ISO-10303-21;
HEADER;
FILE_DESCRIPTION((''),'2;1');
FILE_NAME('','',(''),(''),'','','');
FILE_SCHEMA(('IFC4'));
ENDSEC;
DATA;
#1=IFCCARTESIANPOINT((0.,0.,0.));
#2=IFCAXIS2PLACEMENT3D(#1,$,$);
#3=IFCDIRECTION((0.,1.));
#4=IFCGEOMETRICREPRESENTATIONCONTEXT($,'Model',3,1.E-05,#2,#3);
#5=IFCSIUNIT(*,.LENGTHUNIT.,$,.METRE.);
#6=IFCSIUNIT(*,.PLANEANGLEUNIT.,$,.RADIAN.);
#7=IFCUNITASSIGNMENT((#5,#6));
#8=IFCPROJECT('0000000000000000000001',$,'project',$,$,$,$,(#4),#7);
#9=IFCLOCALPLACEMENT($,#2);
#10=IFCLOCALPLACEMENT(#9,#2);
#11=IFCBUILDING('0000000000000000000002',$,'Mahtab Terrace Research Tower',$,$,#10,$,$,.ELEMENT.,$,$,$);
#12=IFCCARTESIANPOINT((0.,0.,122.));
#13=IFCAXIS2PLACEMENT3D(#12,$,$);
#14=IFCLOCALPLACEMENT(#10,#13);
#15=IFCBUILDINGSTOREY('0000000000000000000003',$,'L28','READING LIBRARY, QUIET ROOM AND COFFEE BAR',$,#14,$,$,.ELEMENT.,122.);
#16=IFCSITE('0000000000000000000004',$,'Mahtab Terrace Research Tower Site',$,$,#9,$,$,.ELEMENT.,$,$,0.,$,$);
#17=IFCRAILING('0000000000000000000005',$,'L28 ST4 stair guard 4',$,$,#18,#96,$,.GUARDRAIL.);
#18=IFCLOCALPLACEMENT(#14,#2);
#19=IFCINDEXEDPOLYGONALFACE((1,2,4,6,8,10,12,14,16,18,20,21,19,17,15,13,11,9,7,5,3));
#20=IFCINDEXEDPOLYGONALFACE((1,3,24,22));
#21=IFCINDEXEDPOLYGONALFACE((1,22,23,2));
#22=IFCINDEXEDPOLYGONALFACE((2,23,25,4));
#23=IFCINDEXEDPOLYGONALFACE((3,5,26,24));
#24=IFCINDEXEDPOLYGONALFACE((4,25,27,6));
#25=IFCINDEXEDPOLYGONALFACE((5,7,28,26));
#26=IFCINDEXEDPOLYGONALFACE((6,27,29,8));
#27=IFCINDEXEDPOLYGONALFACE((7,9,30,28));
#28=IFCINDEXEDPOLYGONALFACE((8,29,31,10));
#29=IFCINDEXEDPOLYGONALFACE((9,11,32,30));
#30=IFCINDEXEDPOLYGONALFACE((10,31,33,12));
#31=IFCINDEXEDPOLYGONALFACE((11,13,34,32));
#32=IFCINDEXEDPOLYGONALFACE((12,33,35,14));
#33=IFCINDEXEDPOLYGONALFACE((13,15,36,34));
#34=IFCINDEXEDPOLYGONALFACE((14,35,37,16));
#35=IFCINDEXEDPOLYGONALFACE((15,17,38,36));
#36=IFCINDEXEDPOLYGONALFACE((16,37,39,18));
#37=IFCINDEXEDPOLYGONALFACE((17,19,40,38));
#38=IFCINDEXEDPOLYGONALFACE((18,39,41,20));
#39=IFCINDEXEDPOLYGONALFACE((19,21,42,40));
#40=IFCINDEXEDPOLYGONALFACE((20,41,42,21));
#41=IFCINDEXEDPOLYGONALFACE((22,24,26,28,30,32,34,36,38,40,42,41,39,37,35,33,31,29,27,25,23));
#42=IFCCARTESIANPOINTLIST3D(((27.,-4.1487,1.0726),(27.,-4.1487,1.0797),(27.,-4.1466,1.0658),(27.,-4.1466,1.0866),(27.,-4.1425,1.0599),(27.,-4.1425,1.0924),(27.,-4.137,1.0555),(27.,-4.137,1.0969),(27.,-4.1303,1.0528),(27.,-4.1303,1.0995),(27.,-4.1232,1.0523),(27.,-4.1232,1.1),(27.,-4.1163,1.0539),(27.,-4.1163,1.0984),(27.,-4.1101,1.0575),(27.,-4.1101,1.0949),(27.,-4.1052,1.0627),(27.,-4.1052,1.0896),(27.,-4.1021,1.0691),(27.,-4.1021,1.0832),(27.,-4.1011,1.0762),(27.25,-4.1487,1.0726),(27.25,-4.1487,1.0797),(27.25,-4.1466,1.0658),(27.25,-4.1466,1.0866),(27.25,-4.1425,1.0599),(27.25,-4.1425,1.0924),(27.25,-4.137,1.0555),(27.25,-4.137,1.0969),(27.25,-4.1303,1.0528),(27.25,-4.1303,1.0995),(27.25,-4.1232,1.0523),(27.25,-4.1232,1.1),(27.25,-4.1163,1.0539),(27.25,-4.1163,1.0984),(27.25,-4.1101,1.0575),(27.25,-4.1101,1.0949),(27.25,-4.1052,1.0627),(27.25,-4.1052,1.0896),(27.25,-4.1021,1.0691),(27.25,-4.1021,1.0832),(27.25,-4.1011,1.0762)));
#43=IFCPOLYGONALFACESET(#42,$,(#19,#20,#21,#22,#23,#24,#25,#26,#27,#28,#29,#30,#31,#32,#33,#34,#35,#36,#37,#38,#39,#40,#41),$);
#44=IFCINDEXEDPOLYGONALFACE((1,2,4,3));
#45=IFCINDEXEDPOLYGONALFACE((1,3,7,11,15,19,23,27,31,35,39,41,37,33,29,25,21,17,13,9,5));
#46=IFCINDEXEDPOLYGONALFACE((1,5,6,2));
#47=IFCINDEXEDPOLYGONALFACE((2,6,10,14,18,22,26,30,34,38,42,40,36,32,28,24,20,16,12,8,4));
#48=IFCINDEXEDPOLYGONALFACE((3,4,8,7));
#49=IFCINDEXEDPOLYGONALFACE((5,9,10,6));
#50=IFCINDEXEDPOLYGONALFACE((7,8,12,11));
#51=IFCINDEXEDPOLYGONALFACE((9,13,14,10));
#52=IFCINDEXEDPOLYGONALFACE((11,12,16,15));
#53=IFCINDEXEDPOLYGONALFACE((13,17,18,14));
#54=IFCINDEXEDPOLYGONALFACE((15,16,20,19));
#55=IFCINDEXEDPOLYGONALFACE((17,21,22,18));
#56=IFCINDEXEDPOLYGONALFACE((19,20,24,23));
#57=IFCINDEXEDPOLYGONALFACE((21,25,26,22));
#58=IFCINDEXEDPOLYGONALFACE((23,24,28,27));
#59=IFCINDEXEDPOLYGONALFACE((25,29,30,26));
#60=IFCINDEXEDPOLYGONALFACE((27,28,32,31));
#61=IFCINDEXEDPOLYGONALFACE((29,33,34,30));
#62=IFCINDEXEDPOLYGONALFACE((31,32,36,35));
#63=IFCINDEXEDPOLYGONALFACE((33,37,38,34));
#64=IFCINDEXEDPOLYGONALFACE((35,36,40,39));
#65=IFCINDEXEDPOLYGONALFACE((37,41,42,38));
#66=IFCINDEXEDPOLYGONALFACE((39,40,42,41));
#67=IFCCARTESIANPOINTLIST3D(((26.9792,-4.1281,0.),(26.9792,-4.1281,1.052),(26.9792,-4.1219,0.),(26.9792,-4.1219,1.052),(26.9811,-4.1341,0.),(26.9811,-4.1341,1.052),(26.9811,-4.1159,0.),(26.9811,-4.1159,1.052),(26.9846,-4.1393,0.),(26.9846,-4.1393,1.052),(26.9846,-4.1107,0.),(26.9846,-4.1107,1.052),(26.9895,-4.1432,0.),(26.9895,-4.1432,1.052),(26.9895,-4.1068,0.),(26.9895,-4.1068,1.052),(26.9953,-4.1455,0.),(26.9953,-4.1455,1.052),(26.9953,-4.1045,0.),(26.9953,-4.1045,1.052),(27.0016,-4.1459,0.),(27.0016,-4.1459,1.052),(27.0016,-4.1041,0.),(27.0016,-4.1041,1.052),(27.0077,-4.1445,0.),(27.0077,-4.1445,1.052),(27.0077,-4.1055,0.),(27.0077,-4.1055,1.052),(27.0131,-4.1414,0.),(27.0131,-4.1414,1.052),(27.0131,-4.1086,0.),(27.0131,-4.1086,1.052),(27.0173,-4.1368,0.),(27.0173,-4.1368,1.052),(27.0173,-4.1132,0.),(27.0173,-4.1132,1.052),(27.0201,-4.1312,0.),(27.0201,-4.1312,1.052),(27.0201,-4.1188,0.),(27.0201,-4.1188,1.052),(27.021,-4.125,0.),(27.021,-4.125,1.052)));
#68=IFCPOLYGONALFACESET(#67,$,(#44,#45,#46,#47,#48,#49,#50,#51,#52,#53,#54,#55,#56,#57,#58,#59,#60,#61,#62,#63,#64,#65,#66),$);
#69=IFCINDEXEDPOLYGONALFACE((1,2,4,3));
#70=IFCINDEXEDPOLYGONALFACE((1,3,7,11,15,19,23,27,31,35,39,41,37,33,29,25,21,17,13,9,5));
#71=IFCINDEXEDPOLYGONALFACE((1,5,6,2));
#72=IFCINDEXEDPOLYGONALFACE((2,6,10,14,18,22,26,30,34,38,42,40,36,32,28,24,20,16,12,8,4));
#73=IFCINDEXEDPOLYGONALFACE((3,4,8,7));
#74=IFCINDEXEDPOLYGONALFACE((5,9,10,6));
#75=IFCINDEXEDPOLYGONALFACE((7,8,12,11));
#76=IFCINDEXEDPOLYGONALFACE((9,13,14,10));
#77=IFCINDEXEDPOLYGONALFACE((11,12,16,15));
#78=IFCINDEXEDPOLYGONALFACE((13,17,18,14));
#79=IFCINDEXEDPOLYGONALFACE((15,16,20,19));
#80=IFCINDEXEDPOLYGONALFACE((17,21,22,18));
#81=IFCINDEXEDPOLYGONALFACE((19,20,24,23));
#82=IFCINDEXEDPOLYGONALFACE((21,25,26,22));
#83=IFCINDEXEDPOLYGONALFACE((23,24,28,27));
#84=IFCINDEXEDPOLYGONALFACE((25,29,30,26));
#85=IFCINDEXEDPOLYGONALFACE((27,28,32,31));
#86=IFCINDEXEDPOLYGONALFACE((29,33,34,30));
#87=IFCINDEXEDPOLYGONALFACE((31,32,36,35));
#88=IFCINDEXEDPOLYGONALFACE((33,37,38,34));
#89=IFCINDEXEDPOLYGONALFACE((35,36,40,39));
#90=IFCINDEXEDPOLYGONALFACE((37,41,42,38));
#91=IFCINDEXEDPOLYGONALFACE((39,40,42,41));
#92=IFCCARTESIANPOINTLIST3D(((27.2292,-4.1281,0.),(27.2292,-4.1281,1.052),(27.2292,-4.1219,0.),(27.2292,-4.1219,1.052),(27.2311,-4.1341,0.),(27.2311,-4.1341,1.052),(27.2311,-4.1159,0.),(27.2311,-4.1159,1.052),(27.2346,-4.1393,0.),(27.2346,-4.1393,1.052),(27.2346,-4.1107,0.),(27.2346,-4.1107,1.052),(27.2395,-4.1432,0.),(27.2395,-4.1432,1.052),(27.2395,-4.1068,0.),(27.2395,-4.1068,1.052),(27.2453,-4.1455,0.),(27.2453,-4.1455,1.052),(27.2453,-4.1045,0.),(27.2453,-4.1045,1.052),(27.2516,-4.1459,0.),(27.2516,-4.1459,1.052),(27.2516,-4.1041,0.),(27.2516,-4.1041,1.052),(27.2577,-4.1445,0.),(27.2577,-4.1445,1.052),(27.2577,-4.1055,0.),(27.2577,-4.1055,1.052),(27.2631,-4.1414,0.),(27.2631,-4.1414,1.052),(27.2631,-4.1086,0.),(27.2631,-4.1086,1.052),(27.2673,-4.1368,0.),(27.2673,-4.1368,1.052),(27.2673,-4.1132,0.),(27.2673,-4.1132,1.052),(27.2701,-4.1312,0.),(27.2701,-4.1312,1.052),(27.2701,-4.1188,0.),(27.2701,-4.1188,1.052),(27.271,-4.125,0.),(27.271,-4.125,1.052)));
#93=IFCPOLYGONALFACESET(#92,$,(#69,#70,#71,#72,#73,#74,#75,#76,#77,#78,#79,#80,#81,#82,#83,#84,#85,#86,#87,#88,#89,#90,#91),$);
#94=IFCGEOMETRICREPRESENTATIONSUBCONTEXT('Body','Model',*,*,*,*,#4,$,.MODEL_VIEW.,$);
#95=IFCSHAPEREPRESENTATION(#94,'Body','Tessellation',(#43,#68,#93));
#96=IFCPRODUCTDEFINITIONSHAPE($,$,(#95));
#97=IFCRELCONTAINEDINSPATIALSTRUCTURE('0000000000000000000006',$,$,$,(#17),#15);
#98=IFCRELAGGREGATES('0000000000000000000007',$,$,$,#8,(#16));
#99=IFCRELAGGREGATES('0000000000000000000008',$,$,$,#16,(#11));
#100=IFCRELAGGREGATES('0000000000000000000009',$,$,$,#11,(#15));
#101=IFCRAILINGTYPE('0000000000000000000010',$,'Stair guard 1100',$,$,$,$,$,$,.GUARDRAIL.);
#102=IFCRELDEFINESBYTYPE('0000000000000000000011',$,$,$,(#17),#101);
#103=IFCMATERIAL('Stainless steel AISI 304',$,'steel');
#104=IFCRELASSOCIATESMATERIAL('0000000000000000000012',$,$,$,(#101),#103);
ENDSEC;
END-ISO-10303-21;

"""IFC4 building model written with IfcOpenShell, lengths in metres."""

from ifc_helpers import new_model, si_unit, direction, frame, origin, origin_2d, place, context, subcontext, project, spatial, circle, extrude, material, type_object, element, save


model = new_model("IFC4")

# Units and contexts
model_context = context("Model", 3, precision=1e-05, world=origin(), true_north=direction((0.0, 1.0)))
body_context = subcontext(model_context, "Body", "Model", "MODEL_VIEW")
ifc_project = project(units=[si_unit("LENGTHUNIT", "METRE"), si_unit("PLANEANGLEUNIT", "RADIAN")], contexts=[model_context])

# Site, building, storey
site_placement = place(None, origin())
site = spatial("IfcSite", under=ifc_project, at=site_placement, Name="Mahtab Terrace Research Tower Site", CompositionType="ELEMENT", RefElevation=0.0)
building_placement = place(site_placement, origin())
building = spatial("IfcBuilding", under=site, at=building_placement, Name="Mahtab Terrace Research Tower", CompositionType="ELEMENT")
storey_placement = place(building_placement, frame((0.0, 0.0, 122.0)))
storey = spatial("IfcBuildingStorey", under=building, at=storey_placement, Name="L28", Description="READING LIBRARY, QUIET ROOM AND COFFEE BAR", CompositionType="ELEMENT", Elevation=122.0)

# Railing
ifc_material_1 = material(Name="Stainless steel AISI 304", Category="steel")
railing_type_1 = type_object("IfcRailingType", Name="Stair guard 1100", PredefinedType="GUARDRAIL", material=ifc_material_1)
railing_1_placement = place(storey_placement, frame((27.0, -4.125, 0.0)))
element("IfcRailing", 1, at=railing_1_placement, inside=storey, type_object=railing_type_1, Name="L28 ST4 stair guard 4", PredefinedType="GUARDRAIL", context=body_context, shape_type="SweptSolid", body=[
    extrude(circle(Radius=0.0239, at=origin_2d()), frame((0.0, 0.0, 1.0762), z_axis=(1.0, 0.0, 0.0), x_axis=(0.0, 1.0, 0.0)), (0.0, 0.0, 1.0), 0.25),
    extrude(circle(Radius=0.021, at=origin_2d()), origin(), (0.0, 0.0, 1.0), 1.052),
    extrude(circle(Radius=0.021, at=origin_2d()), frame((0.25, 0.0, 0.0)), (0.0, 0.0, 1.0), 1.052),
])

save(model, "model.ifc")
